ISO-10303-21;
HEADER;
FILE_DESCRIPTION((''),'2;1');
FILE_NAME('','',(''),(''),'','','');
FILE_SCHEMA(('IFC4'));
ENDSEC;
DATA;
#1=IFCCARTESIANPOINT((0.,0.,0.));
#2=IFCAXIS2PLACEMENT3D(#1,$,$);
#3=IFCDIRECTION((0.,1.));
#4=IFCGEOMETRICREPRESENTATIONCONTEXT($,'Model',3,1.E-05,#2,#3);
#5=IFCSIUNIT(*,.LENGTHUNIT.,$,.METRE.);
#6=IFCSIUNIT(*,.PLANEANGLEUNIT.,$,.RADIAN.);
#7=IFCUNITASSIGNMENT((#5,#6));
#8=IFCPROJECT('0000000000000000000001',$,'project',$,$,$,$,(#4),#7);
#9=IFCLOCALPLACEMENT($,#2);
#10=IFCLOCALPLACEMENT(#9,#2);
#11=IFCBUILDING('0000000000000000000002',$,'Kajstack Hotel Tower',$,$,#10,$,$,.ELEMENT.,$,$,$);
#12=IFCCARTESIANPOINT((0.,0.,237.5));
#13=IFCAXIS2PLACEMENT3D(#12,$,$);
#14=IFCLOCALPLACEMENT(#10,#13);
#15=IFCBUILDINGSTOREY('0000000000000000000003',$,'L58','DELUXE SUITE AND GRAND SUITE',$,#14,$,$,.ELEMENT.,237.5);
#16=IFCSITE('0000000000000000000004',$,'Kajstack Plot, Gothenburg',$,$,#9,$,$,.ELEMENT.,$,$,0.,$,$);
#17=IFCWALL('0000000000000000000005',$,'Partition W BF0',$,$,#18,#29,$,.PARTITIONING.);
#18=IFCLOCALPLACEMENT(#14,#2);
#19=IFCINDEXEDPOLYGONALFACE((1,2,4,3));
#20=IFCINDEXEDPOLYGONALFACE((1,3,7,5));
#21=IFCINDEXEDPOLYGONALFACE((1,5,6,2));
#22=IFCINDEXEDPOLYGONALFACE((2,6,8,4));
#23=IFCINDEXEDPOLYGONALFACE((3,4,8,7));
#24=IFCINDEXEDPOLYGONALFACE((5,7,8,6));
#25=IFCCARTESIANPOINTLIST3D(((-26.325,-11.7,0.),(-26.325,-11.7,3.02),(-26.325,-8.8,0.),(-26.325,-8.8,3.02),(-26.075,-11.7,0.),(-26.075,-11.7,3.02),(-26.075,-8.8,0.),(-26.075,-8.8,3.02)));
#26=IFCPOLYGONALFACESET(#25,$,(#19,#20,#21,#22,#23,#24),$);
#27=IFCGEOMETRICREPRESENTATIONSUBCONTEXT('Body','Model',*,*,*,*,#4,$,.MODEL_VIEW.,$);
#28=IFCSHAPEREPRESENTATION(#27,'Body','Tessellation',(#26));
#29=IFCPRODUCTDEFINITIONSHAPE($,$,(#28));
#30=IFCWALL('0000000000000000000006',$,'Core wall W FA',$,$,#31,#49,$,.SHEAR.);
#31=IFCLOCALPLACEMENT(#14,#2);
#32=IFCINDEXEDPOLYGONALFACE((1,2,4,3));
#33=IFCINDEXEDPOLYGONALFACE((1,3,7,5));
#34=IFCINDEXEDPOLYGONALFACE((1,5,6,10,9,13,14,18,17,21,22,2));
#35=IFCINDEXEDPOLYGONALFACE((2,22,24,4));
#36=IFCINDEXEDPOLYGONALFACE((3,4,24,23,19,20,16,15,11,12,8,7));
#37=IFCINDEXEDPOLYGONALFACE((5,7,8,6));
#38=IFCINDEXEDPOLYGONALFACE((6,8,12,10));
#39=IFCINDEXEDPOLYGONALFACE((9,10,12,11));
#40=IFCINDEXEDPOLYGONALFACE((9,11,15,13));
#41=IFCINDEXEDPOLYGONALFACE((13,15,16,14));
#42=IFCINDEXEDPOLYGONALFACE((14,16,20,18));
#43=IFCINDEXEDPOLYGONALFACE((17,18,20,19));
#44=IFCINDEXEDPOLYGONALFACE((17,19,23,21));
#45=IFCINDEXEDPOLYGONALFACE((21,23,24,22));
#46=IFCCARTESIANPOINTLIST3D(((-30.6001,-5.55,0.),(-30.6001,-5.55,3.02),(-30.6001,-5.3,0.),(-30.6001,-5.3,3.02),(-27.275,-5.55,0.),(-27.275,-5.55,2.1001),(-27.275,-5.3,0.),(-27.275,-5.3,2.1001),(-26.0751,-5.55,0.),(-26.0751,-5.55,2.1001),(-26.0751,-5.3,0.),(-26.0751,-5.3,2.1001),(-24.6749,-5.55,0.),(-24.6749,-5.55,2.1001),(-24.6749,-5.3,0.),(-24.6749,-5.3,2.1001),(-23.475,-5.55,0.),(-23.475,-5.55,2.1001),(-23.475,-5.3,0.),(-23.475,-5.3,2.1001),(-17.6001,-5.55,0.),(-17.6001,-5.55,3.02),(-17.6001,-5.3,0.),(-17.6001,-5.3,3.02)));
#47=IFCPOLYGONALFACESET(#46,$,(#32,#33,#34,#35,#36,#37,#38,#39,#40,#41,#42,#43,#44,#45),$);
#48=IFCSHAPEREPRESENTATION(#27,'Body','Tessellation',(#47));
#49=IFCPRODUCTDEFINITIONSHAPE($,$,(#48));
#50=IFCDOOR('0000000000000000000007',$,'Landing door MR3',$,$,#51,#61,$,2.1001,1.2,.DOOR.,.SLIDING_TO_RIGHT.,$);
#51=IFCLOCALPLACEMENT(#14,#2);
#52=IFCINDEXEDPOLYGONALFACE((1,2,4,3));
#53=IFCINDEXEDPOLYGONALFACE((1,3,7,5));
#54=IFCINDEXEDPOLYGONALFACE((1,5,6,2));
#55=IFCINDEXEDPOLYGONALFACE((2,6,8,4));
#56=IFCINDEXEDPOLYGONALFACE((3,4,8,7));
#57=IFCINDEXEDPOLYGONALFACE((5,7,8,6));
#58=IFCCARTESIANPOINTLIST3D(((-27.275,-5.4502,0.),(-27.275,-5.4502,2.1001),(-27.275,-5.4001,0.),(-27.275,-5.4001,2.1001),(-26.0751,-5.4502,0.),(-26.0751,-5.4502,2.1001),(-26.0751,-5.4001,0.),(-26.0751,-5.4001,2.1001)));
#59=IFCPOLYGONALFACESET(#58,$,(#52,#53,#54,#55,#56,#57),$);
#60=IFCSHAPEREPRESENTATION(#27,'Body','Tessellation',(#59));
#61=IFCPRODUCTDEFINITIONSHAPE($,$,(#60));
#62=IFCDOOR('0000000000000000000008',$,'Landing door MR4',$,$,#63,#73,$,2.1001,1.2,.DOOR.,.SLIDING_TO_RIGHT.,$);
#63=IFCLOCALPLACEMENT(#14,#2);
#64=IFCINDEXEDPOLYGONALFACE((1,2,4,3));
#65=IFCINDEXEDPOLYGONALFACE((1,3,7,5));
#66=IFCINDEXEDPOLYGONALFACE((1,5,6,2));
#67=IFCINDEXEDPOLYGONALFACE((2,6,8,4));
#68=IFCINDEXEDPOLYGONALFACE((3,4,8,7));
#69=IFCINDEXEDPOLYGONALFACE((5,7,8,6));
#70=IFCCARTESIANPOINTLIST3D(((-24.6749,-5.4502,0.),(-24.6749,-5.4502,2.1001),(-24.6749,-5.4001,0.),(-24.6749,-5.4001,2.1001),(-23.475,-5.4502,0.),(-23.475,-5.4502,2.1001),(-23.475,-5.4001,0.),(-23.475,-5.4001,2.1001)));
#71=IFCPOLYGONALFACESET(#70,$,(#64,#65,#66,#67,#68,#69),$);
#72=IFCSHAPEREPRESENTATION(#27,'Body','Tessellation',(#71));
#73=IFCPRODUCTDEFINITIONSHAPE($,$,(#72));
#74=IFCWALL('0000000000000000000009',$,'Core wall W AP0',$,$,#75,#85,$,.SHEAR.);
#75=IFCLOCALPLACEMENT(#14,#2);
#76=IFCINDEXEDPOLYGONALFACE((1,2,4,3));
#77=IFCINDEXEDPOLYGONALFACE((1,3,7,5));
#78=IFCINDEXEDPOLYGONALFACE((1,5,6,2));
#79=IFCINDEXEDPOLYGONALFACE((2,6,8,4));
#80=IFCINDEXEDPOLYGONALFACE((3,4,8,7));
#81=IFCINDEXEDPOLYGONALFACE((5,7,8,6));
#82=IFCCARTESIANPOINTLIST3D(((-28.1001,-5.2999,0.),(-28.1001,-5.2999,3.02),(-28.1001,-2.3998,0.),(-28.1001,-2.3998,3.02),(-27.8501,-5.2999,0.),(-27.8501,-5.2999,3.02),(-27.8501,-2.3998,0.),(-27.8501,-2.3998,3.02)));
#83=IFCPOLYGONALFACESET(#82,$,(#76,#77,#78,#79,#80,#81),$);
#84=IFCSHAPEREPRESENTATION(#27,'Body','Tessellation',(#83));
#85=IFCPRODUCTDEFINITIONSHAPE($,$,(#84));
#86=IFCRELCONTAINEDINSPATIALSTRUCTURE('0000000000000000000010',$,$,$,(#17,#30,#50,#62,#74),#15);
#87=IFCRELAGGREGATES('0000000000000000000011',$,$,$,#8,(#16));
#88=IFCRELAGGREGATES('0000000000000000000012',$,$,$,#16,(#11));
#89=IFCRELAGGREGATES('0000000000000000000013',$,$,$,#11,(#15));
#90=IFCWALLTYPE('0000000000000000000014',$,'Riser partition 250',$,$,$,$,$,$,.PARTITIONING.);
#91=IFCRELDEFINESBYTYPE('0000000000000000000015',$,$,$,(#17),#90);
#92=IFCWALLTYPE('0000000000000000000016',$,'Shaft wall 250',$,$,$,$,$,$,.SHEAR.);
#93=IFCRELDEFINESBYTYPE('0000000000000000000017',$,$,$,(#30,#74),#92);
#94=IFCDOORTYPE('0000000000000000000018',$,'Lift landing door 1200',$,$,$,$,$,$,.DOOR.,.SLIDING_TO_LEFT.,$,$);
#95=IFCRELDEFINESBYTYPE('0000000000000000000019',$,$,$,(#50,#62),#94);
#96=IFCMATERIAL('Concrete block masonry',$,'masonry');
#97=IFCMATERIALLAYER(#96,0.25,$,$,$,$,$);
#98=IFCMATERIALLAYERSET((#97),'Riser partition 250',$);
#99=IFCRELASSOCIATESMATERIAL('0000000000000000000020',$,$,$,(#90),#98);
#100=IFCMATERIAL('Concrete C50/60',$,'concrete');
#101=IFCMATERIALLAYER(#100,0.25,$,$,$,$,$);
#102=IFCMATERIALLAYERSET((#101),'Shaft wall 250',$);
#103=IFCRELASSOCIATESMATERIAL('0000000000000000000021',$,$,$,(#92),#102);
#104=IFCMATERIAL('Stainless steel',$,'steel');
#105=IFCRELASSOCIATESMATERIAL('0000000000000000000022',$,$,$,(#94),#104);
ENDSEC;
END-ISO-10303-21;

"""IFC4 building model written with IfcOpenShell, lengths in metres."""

from ifc_helpers import new_model, si_unit, direction, frame, frame_2d, origin, place, context, subcontext, project, spatial, rectangle, extrude, material, layer, layer_set, type_object, element, fill, save


model = new_model("IFC4")

# Units and contexts
model_context = context("Model", 3, precision=1e-05, world=origin(), true_north=direction((0.0, 1.0)))
body_context = subcontext(model_context, "Body", "Model", "MODEL_VIEW")
ifc_project = project(units=[si_unit("LENGTHUNIT", "METRE"), si_unit("PLANEANGLEUNIT", "RADIAN")], contexts=[model_context])

# Site, building, storey
site_placement = place(None, origin())
site = spatial("IfcSite", under=ifc_project, at=site_placement, Name="Kajstack Plot, Gothenburg", CompositionType="ELEMENT", RefElevation=0.0)
building_placement = place(site_placement, origin())
building = spatial("IfcBuilding", under=site, at=building_placement, Name="Kajstack Hotel Tower", CompositionType="ELEMENT")
storey_placement = place(building_placement, frame((0.0, 0.0, 237.5)))
storey = spatial("IfcBuildingStorey", under=building, at=storey_placement, Name="L58", Description="DELUXE SUITE AND GRAND SUITE", CompositionType="ELEMENT", Elevation=237.5)

# Wall
ifc_material_1 = material(Name="Concrete block masonry", Category="masonry")
ifc_layer_1 = layer(ifc_material_1, 0.25)
ifc_layer_set_1 = layer_set([ifc_layer_1], Name="Riser partition 250")
wall_type_1 = type_object("IfcWallType", Name="Riser partition 250", PredefinedType="PARTITIONING", material=ifc_layer_set_1)
wall_1_placement = place(storey_placement, frame((-26.2, -11.7, 0.0), z_axis=(0.0, 0.0, 1.0), x_axis=(0.0, 1.0, 0.0)))
element("IfcWall", 1, at=wall_1_placement, inside=storey, type_object=wall_type_1, Name="Partition W BF0", PredefinedType="PARTITIONING", context=body_context, shape_type="SweptSolid", body=[
    extrude(rectangle(XDim=2.8999, YDim=0.25, at=frame_2d((1.45, 0.0))), origin(), (0.0, 0.0, 1.0), 3.02),
])

# Wall, openings, doors
ifc_material_2 = material(Name="Concrete C50/60", Category="concrete")
ifc_layer_2 = layer(ifc_material_2, 0.25)
ifc_layer_set_2 = layer_set([ifc_layer_2], Name="Shaft wall 250")
wall_type_2 = type_object("IfcWallType", Name="Shaft wall 250", PredefinedType="SHEAR", material=ifc_layer_set_2)
wall_2_placement = place(storey_placement, frame((-30.6001, -5.425, 0.0), z_axis=(0.0, 0.0, 1.0), x_axis=(1.0, 0.0, 0.0)))
wall_2 = element("IfcWall", 2, at=wall_2_placement, inside=storey, type_object=wall_type_2, Name="Core wall W FA", PredefinedType="SHEAR", context=body_context, shape_type="SweptSolid", body=[
    extrude(rectangle(XDim=13.0, YDim=0.25, at=frame_2d((6.5, 0.0))), origin(), (0.0, 0.0, 1.0), 3.02),
])
opening_1_placement = place(wall_2_placement, frame((3.325, 0.0, 0.0)))
opening_1 = element("IfcOpeningElement", 3, at=opening_1_placement, cuts=wall_2, PredefinedType="OPENING", context=body_context, shape_type="SweptSolid", body=[
    extrude(rectangle(XDim=1.2, YDim=2.1001, at=frame_2d((0.6001, 1.05))), frame((0.0, 0.135, 0.0), z_axis=(0.0, -1.0, 0.0), x_axis=(1.0, 0.0, 0.0)), (0.0, 0.0, 1.0), 0.27),
])
opening_2_placement = place(wall_2_placement, frame((5.925, 0.0, 0.0)))
opening_2 = element("IfcOpeningElement", 4, at=opening_2_placement, cuts=wall_2, PredefinedType="OPENING", context=body_context, shape_type="SweptSolid", body=[
    extrude(rectangle(XDim=1.2, YDim=2.1001, at=frame_2d((0.6001, 1.05))), frame((0.0, 0.135, 0.0), z_axis=(0.0, -1.0, 0.0), x_axis=(1.0, 0.0, 0.0)), (0.0, 0.0, 1.0), 0.27),
])
ifc_material_3 = material(Name="Stainless steel", Category="steel")
door_type_1 = type_object("IfcDoorType", Name="Lift landing door 1200", OperationType="SLIDING_TO_LEFT", PredefinedType="DOOR", material=ifc_material_3)
door_1_placement = place(opening_1_placement, origin())
door_1 = element("IfcDoor", 5, at=door_1_placement, inside=storey, type_object=door_type_1, Name="Landing door MR3", OperationType="SLIDING_TO_RIGHT", OverallHeight=2.1001, OverallWidth=1.2, PredefinedType="DOOR", context=body_context, shape_type="SweptSolid", body=[
    extrude(rectangle(XDim=1.2, YDim=2.1001, at=frame_2d((0.6001, 1.05))), frame((0.0, 0.0249, 0.0), z_axis=(0.0, -1.0, 0.0), x_axis=(1.0, 0.0, 0.0)), (0.0, 0.0, 1.0), 0.05),
])
fill(opening_1, door_1)
door_2_placement = place(opening_2_placement, origin())
door_2 = element("IfcDoor", 6, at=door_2_placement, inside=storey, type_object=door_type_1, Name="Landing door MR4", OperationType="SLIDING_TO_RIGHT", OverallHeight=2.1001, OverallWidth=1.2, PredefinedType="DOOR", context=body_context, shape_type="SweptSolid", body=[
    extrude(rectangle(XDim=1.2, YDim=2.1001, at=frame_2d((0.6001, 1.05))), frame((0.0, 0.0249, 0.0), z_axis=(0.0, -1.0, 0.0), x_axis=(1.0, 0.0, 0.0)), (0.0, 0.0, 1.0), 0.05),
])
fill(opening_2, door_2)

# Wall
wall_3_placement = place(storey_placement, frame((-27.9751, -5.3, 0.0), z_axis=(0.0, 0.0, 1.0), x_axis=(0.0, 1.0, 0.0)))
element("IfcWall", 7, at=wall_3_placement, inside=storey, type_object=wall_type_2, Name="Core wall W AP0", PredefinedType="SHEAR", context=body_context, shape_type="SweptSolid", body=[
    extrude(rectangle(XDim=2.9001, YDim=0.25, at=frame_2d((1.4502, 0.0))), origin(), (0.0, 0.0, 1.0), 3.02),
])

save(model, "model.ifc")
